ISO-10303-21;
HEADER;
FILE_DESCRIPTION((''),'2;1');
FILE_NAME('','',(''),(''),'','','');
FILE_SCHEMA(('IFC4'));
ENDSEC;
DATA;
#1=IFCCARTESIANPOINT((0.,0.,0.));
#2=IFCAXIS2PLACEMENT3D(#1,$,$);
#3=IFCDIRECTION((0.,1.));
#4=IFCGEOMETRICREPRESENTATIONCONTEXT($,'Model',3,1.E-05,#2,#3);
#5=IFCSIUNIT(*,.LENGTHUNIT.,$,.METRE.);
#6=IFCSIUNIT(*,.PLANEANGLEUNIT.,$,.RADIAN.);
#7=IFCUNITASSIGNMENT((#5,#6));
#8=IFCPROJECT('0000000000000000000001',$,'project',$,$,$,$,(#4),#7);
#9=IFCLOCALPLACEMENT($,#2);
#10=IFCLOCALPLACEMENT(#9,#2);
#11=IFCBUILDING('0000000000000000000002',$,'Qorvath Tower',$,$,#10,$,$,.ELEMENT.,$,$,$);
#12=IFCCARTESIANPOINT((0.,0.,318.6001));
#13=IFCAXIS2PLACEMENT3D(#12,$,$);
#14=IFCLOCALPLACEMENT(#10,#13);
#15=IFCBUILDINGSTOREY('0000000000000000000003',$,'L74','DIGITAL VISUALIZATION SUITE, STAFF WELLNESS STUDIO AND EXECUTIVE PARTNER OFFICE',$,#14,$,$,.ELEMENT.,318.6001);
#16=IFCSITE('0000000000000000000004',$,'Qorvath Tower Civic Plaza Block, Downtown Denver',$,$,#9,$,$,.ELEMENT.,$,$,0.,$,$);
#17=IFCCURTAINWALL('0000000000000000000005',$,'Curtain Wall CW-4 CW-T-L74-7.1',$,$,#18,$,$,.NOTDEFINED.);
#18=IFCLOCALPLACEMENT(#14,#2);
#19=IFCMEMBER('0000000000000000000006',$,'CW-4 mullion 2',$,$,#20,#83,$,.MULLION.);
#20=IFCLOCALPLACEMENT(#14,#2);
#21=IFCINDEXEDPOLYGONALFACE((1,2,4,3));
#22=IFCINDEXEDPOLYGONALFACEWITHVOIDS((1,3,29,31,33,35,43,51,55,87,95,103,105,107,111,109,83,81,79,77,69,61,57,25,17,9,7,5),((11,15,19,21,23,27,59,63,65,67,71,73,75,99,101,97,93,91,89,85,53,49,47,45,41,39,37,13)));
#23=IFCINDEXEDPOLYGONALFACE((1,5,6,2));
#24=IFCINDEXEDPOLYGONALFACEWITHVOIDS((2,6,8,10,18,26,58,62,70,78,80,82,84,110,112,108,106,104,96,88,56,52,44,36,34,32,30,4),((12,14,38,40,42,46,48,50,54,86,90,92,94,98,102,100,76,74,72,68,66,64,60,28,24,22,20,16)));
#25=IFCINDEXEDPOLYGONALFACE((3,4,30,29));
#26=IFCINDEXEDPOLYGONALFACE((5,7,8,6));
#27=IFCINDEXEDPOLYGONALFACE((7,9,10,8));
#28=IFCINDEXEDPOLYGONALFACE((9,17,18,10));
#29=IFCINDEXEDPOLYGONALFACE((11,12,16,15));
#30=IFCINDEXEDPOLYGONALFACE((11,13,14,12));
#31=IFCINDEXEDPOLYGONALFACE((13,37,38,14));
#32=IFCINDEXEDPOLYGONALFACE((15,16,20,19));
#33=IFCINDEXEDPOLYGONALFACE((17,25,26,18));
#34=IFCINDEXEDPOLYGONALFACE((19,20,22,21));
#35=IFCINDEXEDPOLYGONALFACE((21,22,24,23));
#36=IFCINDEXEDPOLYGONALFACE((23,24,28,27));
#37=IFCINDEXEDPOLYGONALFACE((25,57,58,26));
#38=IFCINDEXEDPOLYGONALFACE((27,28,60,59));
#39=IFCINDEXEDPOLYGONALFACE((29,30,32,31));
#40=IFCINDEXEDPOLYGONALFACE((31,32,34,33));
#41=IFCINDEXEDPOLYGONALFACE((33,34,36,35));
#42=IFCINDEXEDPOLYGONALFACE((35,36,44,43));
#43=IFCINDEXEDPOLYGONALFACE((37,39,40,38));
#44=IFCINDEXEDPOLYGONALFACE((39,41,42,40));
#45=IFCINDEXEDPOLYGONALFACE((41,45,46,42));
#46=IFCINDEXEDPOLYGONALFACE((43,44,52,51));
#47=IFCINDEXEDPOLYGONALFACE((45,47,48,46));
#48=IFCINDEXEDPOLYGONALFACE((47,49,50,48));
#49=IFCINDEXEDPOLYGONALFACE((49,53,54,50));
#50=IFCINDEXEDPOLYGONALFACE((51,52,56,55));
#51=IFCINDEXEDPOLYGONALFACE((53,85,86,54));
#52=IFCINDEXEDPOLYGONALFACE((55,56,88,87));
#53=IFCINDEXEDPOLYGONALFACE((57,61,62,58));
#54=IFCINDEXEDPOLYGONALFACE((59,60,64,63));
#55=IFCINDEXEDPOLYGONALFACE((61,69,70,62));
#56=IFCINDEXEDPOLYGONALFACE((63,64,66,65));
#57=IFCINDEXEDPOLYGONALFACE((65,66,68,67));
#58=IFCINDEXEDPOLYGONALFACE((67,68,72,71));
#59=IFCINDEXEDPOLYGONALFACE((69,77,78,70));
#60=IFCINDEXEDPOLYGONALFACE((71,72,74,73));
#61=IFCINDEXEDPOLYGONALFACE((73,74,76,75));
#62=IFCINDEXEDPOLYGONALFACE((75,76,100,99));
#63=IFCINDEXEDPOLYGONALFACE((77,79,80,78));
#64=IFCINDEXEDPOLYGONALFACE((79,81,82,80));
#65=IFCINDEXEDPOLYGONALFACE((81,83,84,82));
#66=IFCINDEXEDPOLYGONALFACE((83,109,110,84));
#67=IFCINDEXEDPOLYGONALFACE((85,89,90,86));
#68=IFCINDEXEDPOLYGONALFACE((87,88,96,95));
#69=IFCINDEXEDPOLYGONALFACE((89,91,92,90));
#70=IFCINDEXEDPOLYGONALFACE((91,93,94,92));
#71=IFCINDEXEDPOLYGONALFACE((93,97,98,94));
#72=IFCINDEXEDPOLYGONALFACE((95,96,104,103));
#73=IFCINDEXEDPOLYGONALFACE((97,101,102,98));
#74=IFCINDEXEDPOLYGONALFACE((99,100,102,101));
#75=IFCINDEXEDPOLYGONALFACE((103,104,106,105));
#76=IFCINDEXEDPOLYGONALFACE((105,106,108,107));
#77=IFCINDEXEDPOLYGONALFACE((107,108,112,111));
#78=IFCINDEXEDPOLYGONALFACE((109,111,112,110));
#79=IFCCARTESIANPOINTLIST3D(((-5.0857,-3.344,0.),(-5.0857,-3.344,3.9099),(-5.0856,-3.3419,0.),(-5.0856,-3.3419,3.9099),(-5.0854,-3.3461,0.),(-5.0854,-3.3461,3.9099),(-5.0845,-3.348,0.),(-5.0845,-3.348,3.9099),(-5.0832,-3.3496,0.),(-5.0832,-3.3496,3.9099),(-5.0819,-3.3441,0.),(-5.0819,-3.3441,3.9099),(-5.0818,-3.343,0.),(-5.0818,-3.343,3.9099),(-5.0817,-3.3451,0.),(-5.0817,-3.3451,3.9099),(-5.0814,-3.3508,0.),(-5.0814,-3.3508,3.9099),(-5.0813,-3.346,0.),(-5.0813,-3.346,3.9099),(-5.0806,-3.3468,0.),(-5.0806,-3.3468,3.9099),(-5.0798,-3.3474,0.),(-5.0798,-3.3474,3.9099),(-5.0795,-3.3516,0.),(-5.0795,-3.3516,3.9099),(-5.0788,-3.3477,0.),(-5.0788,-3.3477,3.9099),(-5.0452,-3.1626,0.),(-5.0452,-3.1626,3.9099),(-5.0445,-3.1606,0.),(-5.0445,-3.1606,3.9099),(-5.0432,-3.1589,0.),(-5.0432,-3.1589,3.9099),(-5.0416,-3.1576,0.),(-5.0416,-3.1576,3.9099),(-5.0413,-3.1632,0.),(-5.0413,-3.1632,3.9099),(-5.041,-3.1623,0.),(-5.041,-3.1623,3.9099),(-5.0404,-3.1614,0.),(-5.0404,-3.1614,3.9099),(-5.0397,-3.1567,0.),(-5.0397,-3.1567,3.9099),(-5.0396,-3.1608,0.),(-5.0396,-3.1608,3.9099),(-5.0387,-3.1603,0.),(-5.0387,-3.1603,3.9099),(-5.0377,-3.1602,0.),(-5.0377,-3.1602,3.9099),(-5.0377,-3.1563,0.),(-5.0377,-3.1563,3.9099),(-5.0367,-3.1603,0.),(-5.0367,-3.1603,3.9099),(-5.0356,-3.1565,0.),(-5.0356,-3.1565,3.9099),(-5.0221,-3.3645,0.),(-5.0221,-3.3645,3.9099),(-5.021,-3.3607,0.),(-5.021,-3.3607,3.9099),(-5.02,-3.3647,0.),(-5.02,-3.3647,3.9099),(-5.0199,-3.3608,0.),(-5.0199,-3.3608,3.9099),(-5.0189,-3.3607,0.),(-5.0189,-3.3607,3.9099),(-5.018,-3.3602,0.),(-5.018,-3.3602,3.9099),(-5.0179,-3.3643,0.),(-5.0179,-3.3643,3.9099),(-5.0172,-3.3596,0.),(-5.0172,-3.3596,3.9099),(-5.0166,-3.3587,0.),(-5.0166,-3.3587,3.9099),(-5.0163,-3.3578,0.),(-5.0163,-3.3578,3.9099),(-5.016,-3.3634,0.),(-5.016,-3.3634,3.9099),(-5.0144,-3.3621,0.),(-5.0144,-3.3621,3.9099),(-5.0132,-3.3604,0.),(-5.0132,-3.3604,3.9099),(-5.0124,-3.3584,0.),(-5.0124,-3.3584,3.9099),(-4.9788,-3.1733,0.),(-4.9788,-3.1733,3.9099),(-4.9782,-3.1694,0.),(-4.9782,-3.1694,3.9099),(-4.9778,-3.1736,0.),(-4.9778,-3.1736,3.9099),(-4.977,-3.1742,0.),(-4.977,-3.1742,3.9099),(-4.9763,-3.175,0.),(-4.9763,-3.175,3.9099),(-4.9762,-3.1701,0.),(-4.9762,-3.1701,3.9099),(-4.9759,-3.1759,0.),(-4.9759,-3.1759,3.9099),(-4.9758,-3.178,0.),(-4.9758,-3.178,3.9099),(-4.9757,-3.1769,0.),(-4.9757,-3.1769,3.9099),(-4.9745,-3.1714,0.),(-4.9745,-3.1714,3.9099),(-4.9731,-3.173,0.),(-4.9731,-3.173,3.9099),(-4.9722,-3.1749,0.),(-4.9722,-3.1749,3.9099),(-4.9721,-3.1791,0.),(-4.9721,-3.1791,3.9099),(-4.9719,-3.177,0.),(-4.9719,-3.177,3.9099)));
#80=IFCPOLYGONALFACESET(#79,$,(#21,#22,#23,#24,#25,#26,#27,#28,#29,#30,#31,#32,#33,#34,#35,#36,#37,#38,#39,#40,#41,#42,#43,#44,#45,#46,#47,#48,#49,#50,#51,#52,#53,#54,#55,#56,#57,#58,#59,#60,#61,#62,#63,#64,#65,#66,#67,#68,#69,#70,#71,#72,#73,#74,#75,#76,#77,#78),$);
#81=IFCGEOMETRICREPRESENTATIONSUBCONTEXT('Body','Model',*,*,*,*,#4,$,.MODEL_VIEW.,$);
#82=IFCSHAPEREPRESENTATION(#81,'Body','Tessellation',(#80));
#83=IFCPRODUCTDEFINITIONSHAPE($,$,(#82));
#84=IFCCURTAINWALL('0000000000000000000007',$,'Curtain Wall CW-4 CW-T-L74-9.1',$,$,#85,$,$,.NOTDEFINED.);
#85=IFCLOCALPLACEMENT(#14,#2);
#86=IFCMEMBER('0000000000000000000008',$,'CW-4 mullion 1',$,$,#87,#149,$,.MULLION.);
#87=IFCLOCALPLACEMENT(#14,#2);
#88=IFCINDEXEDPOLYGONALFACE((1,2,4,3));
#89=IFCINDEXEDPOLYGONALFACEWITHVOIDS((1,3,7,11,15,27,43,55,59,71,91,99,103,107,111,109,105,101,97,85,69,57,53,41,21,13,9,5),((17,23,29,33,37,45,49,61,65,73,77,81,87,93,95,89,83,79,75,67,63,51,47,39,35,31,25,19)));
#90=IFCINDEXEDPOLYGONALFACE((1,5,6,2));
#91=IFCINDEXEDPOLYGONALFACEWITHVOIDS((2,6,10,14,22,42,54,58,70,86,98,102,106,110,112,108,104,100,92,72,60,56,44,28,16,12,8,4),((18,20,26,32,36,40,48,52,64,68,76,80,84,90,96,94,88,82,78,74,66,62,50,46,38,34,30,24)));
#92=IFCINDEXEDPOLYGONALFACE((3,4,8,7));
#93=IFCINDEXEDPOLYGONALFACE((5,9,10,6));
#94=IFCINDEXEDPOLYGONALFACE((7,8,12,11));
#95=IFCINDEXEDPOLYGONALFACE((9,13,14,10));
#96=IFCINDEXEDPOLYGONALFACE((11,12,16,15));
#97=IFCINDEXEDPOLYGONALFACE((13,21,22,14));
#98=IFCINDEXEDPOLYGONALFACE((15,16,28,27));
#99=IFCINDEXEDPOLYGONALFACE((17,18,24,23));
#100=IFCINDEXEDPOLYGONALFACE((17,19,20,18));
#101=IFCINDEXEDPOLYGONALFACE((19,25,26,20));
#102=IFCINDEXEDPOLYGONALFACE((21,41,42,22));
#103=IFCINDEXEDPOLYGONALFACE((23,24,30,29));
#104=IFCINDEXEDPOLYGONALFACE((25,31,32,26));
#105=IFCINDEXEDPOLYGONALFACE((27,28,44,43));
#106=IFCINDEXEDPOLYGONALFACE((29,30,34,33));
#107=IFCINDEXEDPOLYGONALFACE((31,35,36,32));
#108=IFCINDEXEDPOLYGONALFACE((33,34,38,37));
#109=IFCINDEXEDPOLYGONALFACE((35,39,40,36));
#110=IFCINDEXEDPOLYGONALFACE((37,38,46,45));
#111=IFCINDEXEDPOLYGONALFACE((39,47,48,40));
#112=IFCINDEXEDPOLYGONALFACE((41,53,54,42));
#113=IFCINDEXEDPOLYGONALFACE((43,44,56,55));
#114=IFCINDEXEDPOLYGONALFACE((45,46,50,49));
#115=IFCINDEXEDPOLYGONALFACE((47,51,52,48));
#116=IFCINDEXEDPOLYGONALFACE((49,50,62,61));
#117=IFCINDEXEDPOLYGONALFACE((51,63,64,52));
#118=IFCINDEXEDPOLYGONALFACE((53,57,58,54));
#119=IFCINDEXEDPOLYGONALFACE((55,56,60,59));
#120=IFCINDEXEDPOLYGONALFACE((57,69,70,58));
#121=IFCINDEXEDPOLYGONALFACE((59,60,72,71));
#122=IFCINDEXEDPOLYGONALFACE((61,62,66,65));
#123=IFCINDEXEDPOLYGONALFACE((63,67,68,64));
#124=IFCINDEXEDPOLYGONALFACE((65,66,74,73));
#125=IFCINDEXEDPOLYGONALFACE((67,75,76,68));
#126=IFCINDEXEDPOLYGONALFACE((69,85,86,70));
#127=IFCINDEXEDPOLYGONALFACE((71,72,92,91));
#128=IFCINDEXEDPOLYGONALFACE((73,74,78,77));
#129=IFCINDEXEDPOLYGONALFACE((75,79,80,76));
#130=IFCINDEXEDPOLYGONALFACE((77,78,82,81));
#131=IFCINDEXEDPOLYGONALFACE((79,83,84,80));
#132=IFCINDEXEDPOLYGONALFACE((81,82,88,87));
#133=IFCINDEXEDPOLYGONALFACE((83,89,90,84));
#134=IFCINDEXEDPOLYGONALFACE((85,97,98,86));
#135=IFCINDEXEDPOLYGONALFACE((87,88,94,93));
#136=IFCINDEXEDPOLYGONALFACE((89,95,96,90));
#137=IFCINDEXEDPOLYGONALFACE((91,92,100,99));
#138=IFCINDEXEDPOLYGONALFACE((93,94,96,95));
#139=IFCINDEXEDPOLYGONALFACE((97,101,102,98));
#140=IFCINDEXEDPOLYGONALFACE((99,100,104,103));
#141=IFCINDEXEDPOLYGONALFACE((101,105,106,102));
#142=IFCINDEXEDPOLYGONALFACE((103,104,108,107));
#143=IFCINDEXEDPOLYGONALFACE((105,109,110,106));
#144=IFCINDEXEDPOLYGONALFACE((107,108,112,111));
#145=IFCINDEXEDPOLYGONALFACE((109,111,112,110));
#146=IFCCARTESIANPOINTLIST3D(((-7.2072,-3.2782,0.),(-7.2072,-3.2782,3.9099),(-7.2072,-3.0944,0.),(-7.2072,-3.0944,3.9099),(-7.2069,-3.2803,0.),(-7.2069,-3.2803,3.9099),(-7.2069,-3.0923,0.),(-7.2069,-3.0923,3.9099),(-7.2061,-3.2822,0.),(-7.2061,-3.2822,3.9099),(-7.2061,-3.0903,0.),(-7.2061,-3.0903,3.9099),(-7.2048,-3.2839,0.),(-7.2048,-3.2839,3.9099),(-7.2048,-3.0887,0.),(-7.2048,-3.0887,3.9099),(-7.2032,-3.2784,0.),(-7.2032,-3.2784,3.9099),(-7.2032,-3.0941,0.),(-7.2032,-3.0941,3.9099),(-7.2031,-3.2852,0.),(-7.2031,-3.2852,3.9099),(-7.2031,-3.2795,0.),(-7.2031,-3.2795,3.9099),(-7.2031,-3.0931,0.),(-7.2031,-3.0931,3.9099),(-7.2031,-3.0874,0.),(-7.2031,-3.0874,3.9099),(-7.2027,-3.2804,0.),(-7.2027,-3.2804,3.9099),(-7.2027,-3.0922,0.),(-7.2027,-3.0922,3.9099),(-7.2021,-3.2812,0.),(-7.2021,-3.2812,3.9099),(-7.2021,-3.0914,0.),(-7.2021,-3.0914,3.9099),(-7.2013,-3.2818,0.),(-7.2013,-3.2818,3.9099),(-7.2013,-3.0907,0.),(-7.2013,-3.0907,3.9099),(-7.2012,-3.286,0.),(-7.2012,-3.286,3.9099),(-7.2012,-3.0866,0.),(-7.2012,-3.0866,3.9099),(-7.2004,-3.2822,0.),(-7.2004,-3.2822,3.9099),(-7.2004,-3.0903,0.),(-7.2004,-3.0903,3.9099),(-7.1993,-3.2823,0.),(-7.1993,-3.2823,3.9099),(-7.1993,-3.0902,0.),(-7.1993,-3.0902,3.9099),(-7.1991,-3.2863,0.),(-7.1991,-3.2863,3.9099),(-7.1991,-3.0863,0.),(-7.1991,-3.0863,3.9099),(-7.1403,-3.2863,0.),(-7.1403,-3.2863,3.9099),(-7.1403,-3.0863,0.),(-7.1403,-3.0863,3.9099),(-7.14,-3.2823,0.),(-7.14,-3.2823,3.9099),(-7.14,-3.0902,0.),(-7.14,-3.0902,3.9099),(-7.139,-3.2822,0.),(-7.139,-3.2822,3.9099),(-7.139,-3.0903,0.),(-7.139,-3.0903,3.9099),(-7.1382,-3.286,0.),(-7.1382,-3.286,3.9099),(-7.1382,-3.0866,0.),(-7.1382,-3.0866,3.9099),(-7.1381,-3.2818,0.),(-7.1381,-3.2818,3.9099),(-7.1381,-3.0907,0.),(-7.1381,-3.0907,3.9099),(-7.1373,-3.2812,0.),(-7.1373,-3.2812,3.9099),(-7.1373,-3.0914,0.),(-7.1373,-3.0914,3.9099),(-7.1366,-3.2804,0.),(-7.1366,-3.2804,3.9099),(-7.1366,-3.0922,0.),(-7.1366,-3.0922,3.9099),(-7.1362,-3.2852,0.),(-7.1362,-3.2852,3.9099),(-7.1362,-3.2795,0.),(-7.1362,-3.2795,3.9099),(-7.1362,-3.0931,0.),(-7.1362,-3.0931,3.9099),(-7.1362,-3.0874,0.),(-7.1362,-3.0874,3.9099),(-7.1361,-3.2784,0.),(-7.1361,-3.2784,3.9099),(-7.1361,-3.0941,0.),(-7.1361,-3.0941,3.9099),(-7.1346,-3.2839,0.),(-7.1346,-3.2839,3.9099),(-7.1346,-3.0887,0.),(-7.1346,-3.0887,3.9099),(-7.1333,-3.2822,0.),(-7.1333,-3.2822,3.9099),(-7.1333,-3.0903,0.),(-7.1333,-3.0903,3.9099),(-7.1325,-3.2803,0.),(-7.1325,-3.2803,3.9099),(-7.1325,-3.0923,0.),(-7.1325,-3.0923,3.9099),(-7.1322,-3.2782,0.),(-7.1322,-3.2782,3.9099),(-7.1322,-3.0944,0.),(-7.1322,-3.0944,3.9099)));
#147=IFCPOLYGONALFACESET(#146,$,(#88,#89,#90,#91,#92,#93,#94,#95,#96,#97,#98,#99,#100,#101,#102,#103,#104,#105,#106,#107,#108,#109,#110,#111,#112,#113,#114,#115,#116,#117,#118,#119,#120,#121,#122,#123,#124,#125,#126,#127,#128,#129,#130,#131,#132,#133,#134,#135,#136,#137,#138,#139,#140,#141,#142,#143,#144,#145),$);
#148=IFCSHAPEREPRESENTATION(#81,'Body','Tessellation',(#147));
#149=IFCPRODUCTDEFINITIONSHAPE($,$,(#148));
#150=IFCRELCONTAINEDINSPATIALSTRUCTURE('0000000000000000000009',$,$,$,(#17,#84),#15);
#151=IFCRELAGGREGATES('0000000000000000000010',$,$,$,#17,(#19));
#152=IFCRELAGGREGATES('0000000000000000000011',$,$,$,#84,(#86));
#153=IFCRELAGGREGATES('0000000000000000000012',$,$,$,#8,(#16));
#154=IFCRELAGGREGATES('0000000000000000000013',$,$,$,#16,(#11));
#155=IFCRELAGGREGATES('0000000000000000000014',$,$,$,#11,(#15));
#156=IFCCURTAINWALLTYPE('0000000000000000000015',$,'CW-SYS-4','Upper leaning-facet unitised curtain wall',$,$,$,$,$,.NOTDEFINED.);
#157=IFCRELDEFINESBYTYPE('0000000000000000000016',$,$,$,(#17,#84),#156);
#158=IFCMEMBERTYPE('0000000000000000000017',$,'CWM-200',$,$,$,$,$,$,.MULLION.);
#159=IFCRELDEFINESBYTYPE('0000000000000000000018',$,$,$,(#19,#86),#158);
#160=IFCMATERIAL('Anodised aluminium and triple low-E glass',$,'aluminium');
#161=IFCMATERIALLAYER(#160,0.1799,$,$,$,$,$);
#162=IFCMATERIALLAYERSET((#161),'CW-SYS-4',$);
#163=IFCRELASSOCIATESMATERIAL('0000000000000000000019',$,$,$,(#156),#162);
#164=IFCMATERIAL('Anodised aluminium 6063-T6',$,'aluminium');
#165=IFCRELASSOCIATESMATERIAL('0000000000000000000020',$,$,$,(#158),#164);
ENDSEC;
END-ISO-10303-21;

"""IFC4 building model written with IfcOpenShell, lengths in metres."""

from ifc_helpers import new_model, si_unit, direction, frame, origin, origin_2d, place, context, subcontext, project, spatial, hollow_rectangle, extrude, material, layer, layer_set, material_profile, profile_set, type_object, element, aggregate, save


model = new_model("IFC4")

# Units and contexts
model_context = context("Model", 3, precision=1e-05, world=origin(), true_north=direction((0.0, 1.0)))
body_context = subcontext(model_context, "Body", "Model", "MODEL_VIEW")
ifc_project = project(units=[si_unit("LENGTHUNIT", "METRE"), si_unit("PLANEANGLEUNIT", "RADIAN")], contexts=[model_context])

# Site, building, storey
site_placement = place(None, origin())
site = spatial("IfcSite", under=ifc_project, at=site_placement, Name="Qorvath Tower Civic Plaza Block, Downtown Denver", CompositionType="ELEMENT", RefElevation=0.0)
building_placement = place(site_placement, origin())
building = spatial("IfcBuilding", under=site, at=building_placement, Name="Qorvath Tower", CompositionType="ELEMENT")
storey_placement = place(building_placement, frame((0.0, 0.0, 318.6001)))
storey = spatial("IfcBuildingStorey", under=building, at=storey_placement, Name="L74", Description="DIGITAL VISUALIZATION SUITE, STAFF WELLNESS STUDIO AND EXECUTIVE PARTNER OFFICE", CompositionType="ELEMENT", Elevation=318.6001)

# Curtain wall, member
ifc_material_1 = material(Name="Anodised aluminium and triple low-E glass", Category="aluminium")
ifc_layer_1 = layer(ifc_material_1, 0.1799)
ifc_layer_set_1 = layer_set([ifc_layer_1], Name="CW-SYS-4")
curtain_wall_type = type_object("IfcCurtainWallType", Name="CW-SYS-4", Description="Upper leaning-facet unitised curtain wall", PredefinedType="NOTDEFINED", material=ifc_layer_set_1)
curtain_wall_1_placement = place(storey_placement, origin())
curtain_wall_1 = element("IfcCurtainWall", 1, at=curtain_wall_1_placement, inside=storey, type_object=curtain_wall_type, Name="Curtain Wall CW-4 CW-T-L74-7.1", PredefinedType="NOTDEFINED")
ifc_material_2 = material(Name="Anodised aluminium 6063-T6", Category="aluminium")
ifc_material_profile_1 = material_profile(ifc_material_2, hollow_rectangle(XDim=0.075, YDim=0.2, WallThickness=0.0039, InnerFilletRadius=0.0039, OuterFilletRadius=0.0081, at=origin_2d()), Name="CWM 200x75")
ifc_profile_set_1 = profile_set([ifc_material_profile_1], Name="Anodised aluminium 6063-T6")
member_type_1 = type_object("IfcMemberType", Name="CWM-200", PredefinedType="MULLION", material=ifc_profile_set_1)
member_1_placement = place(storey_placement, frame((-5.0288, -3.2605, 0.0), z_axis=(0.0, 0.0, 1.0), x_axis=(-0.975597, 0.219569, 0.0)))
member_1 = element("IfcMember", 2, at=member_1_placement, type_object=member_type_1, Name="CW-4 mullion 2", PredefinedType="MULLION", context=body_context, shape_type="SweptSolid", body=[
    extrude(hollow_rectangle(XDim=0.075, YDim=0.2, WallThickness=0.0039, InnerFilletRadius=0.0039, OuterFilletRadius=0.0081, at=origin_2d()), origin(), (0.0, 0.0, 1.0), 3.9099),
])
aggregate(curtain_wall_1, [member_1])

# Curtain wall, member
curtain_wall_2_placement = place(storey_placement, origin())
curtain_wall_2 = element("IfcCurtainWall", 3, at=curtain_wall_2_placement, inside=storey, type_object=curtain_wall_type, Name="Curtain Wall CW-4 CW-T-L74-9.1", PredefinedType="NOTDEFINED")
member_2_placement = place(storey_placement, frame((-7.1697, -3.1863, 0.0), z_axis=(0.0, 0.0, 1.0), x_axis=(-1.0, 0.0, 0.0)))
member_2 = element("IfcMember", 4, at=member_2_placement, type_object=member_type_1, Name="CW-4 mullion 1", PredefinedType="MULLION", context=body_context, shape_type="SweptSolid", body=[
    extrude(hollow_rectangle(XDim=0.075, YDim=0.2, WallThickness=0.0039, InnerFilletRadius=0.0039, OuterFilletRadius=0.0081, at=origin_2d()), origin(), (0.0, 0.0, 1.0), 3.9099),
])
aggregate(curtain_wall_2, [member_2])

save(model, "model.ifc")
